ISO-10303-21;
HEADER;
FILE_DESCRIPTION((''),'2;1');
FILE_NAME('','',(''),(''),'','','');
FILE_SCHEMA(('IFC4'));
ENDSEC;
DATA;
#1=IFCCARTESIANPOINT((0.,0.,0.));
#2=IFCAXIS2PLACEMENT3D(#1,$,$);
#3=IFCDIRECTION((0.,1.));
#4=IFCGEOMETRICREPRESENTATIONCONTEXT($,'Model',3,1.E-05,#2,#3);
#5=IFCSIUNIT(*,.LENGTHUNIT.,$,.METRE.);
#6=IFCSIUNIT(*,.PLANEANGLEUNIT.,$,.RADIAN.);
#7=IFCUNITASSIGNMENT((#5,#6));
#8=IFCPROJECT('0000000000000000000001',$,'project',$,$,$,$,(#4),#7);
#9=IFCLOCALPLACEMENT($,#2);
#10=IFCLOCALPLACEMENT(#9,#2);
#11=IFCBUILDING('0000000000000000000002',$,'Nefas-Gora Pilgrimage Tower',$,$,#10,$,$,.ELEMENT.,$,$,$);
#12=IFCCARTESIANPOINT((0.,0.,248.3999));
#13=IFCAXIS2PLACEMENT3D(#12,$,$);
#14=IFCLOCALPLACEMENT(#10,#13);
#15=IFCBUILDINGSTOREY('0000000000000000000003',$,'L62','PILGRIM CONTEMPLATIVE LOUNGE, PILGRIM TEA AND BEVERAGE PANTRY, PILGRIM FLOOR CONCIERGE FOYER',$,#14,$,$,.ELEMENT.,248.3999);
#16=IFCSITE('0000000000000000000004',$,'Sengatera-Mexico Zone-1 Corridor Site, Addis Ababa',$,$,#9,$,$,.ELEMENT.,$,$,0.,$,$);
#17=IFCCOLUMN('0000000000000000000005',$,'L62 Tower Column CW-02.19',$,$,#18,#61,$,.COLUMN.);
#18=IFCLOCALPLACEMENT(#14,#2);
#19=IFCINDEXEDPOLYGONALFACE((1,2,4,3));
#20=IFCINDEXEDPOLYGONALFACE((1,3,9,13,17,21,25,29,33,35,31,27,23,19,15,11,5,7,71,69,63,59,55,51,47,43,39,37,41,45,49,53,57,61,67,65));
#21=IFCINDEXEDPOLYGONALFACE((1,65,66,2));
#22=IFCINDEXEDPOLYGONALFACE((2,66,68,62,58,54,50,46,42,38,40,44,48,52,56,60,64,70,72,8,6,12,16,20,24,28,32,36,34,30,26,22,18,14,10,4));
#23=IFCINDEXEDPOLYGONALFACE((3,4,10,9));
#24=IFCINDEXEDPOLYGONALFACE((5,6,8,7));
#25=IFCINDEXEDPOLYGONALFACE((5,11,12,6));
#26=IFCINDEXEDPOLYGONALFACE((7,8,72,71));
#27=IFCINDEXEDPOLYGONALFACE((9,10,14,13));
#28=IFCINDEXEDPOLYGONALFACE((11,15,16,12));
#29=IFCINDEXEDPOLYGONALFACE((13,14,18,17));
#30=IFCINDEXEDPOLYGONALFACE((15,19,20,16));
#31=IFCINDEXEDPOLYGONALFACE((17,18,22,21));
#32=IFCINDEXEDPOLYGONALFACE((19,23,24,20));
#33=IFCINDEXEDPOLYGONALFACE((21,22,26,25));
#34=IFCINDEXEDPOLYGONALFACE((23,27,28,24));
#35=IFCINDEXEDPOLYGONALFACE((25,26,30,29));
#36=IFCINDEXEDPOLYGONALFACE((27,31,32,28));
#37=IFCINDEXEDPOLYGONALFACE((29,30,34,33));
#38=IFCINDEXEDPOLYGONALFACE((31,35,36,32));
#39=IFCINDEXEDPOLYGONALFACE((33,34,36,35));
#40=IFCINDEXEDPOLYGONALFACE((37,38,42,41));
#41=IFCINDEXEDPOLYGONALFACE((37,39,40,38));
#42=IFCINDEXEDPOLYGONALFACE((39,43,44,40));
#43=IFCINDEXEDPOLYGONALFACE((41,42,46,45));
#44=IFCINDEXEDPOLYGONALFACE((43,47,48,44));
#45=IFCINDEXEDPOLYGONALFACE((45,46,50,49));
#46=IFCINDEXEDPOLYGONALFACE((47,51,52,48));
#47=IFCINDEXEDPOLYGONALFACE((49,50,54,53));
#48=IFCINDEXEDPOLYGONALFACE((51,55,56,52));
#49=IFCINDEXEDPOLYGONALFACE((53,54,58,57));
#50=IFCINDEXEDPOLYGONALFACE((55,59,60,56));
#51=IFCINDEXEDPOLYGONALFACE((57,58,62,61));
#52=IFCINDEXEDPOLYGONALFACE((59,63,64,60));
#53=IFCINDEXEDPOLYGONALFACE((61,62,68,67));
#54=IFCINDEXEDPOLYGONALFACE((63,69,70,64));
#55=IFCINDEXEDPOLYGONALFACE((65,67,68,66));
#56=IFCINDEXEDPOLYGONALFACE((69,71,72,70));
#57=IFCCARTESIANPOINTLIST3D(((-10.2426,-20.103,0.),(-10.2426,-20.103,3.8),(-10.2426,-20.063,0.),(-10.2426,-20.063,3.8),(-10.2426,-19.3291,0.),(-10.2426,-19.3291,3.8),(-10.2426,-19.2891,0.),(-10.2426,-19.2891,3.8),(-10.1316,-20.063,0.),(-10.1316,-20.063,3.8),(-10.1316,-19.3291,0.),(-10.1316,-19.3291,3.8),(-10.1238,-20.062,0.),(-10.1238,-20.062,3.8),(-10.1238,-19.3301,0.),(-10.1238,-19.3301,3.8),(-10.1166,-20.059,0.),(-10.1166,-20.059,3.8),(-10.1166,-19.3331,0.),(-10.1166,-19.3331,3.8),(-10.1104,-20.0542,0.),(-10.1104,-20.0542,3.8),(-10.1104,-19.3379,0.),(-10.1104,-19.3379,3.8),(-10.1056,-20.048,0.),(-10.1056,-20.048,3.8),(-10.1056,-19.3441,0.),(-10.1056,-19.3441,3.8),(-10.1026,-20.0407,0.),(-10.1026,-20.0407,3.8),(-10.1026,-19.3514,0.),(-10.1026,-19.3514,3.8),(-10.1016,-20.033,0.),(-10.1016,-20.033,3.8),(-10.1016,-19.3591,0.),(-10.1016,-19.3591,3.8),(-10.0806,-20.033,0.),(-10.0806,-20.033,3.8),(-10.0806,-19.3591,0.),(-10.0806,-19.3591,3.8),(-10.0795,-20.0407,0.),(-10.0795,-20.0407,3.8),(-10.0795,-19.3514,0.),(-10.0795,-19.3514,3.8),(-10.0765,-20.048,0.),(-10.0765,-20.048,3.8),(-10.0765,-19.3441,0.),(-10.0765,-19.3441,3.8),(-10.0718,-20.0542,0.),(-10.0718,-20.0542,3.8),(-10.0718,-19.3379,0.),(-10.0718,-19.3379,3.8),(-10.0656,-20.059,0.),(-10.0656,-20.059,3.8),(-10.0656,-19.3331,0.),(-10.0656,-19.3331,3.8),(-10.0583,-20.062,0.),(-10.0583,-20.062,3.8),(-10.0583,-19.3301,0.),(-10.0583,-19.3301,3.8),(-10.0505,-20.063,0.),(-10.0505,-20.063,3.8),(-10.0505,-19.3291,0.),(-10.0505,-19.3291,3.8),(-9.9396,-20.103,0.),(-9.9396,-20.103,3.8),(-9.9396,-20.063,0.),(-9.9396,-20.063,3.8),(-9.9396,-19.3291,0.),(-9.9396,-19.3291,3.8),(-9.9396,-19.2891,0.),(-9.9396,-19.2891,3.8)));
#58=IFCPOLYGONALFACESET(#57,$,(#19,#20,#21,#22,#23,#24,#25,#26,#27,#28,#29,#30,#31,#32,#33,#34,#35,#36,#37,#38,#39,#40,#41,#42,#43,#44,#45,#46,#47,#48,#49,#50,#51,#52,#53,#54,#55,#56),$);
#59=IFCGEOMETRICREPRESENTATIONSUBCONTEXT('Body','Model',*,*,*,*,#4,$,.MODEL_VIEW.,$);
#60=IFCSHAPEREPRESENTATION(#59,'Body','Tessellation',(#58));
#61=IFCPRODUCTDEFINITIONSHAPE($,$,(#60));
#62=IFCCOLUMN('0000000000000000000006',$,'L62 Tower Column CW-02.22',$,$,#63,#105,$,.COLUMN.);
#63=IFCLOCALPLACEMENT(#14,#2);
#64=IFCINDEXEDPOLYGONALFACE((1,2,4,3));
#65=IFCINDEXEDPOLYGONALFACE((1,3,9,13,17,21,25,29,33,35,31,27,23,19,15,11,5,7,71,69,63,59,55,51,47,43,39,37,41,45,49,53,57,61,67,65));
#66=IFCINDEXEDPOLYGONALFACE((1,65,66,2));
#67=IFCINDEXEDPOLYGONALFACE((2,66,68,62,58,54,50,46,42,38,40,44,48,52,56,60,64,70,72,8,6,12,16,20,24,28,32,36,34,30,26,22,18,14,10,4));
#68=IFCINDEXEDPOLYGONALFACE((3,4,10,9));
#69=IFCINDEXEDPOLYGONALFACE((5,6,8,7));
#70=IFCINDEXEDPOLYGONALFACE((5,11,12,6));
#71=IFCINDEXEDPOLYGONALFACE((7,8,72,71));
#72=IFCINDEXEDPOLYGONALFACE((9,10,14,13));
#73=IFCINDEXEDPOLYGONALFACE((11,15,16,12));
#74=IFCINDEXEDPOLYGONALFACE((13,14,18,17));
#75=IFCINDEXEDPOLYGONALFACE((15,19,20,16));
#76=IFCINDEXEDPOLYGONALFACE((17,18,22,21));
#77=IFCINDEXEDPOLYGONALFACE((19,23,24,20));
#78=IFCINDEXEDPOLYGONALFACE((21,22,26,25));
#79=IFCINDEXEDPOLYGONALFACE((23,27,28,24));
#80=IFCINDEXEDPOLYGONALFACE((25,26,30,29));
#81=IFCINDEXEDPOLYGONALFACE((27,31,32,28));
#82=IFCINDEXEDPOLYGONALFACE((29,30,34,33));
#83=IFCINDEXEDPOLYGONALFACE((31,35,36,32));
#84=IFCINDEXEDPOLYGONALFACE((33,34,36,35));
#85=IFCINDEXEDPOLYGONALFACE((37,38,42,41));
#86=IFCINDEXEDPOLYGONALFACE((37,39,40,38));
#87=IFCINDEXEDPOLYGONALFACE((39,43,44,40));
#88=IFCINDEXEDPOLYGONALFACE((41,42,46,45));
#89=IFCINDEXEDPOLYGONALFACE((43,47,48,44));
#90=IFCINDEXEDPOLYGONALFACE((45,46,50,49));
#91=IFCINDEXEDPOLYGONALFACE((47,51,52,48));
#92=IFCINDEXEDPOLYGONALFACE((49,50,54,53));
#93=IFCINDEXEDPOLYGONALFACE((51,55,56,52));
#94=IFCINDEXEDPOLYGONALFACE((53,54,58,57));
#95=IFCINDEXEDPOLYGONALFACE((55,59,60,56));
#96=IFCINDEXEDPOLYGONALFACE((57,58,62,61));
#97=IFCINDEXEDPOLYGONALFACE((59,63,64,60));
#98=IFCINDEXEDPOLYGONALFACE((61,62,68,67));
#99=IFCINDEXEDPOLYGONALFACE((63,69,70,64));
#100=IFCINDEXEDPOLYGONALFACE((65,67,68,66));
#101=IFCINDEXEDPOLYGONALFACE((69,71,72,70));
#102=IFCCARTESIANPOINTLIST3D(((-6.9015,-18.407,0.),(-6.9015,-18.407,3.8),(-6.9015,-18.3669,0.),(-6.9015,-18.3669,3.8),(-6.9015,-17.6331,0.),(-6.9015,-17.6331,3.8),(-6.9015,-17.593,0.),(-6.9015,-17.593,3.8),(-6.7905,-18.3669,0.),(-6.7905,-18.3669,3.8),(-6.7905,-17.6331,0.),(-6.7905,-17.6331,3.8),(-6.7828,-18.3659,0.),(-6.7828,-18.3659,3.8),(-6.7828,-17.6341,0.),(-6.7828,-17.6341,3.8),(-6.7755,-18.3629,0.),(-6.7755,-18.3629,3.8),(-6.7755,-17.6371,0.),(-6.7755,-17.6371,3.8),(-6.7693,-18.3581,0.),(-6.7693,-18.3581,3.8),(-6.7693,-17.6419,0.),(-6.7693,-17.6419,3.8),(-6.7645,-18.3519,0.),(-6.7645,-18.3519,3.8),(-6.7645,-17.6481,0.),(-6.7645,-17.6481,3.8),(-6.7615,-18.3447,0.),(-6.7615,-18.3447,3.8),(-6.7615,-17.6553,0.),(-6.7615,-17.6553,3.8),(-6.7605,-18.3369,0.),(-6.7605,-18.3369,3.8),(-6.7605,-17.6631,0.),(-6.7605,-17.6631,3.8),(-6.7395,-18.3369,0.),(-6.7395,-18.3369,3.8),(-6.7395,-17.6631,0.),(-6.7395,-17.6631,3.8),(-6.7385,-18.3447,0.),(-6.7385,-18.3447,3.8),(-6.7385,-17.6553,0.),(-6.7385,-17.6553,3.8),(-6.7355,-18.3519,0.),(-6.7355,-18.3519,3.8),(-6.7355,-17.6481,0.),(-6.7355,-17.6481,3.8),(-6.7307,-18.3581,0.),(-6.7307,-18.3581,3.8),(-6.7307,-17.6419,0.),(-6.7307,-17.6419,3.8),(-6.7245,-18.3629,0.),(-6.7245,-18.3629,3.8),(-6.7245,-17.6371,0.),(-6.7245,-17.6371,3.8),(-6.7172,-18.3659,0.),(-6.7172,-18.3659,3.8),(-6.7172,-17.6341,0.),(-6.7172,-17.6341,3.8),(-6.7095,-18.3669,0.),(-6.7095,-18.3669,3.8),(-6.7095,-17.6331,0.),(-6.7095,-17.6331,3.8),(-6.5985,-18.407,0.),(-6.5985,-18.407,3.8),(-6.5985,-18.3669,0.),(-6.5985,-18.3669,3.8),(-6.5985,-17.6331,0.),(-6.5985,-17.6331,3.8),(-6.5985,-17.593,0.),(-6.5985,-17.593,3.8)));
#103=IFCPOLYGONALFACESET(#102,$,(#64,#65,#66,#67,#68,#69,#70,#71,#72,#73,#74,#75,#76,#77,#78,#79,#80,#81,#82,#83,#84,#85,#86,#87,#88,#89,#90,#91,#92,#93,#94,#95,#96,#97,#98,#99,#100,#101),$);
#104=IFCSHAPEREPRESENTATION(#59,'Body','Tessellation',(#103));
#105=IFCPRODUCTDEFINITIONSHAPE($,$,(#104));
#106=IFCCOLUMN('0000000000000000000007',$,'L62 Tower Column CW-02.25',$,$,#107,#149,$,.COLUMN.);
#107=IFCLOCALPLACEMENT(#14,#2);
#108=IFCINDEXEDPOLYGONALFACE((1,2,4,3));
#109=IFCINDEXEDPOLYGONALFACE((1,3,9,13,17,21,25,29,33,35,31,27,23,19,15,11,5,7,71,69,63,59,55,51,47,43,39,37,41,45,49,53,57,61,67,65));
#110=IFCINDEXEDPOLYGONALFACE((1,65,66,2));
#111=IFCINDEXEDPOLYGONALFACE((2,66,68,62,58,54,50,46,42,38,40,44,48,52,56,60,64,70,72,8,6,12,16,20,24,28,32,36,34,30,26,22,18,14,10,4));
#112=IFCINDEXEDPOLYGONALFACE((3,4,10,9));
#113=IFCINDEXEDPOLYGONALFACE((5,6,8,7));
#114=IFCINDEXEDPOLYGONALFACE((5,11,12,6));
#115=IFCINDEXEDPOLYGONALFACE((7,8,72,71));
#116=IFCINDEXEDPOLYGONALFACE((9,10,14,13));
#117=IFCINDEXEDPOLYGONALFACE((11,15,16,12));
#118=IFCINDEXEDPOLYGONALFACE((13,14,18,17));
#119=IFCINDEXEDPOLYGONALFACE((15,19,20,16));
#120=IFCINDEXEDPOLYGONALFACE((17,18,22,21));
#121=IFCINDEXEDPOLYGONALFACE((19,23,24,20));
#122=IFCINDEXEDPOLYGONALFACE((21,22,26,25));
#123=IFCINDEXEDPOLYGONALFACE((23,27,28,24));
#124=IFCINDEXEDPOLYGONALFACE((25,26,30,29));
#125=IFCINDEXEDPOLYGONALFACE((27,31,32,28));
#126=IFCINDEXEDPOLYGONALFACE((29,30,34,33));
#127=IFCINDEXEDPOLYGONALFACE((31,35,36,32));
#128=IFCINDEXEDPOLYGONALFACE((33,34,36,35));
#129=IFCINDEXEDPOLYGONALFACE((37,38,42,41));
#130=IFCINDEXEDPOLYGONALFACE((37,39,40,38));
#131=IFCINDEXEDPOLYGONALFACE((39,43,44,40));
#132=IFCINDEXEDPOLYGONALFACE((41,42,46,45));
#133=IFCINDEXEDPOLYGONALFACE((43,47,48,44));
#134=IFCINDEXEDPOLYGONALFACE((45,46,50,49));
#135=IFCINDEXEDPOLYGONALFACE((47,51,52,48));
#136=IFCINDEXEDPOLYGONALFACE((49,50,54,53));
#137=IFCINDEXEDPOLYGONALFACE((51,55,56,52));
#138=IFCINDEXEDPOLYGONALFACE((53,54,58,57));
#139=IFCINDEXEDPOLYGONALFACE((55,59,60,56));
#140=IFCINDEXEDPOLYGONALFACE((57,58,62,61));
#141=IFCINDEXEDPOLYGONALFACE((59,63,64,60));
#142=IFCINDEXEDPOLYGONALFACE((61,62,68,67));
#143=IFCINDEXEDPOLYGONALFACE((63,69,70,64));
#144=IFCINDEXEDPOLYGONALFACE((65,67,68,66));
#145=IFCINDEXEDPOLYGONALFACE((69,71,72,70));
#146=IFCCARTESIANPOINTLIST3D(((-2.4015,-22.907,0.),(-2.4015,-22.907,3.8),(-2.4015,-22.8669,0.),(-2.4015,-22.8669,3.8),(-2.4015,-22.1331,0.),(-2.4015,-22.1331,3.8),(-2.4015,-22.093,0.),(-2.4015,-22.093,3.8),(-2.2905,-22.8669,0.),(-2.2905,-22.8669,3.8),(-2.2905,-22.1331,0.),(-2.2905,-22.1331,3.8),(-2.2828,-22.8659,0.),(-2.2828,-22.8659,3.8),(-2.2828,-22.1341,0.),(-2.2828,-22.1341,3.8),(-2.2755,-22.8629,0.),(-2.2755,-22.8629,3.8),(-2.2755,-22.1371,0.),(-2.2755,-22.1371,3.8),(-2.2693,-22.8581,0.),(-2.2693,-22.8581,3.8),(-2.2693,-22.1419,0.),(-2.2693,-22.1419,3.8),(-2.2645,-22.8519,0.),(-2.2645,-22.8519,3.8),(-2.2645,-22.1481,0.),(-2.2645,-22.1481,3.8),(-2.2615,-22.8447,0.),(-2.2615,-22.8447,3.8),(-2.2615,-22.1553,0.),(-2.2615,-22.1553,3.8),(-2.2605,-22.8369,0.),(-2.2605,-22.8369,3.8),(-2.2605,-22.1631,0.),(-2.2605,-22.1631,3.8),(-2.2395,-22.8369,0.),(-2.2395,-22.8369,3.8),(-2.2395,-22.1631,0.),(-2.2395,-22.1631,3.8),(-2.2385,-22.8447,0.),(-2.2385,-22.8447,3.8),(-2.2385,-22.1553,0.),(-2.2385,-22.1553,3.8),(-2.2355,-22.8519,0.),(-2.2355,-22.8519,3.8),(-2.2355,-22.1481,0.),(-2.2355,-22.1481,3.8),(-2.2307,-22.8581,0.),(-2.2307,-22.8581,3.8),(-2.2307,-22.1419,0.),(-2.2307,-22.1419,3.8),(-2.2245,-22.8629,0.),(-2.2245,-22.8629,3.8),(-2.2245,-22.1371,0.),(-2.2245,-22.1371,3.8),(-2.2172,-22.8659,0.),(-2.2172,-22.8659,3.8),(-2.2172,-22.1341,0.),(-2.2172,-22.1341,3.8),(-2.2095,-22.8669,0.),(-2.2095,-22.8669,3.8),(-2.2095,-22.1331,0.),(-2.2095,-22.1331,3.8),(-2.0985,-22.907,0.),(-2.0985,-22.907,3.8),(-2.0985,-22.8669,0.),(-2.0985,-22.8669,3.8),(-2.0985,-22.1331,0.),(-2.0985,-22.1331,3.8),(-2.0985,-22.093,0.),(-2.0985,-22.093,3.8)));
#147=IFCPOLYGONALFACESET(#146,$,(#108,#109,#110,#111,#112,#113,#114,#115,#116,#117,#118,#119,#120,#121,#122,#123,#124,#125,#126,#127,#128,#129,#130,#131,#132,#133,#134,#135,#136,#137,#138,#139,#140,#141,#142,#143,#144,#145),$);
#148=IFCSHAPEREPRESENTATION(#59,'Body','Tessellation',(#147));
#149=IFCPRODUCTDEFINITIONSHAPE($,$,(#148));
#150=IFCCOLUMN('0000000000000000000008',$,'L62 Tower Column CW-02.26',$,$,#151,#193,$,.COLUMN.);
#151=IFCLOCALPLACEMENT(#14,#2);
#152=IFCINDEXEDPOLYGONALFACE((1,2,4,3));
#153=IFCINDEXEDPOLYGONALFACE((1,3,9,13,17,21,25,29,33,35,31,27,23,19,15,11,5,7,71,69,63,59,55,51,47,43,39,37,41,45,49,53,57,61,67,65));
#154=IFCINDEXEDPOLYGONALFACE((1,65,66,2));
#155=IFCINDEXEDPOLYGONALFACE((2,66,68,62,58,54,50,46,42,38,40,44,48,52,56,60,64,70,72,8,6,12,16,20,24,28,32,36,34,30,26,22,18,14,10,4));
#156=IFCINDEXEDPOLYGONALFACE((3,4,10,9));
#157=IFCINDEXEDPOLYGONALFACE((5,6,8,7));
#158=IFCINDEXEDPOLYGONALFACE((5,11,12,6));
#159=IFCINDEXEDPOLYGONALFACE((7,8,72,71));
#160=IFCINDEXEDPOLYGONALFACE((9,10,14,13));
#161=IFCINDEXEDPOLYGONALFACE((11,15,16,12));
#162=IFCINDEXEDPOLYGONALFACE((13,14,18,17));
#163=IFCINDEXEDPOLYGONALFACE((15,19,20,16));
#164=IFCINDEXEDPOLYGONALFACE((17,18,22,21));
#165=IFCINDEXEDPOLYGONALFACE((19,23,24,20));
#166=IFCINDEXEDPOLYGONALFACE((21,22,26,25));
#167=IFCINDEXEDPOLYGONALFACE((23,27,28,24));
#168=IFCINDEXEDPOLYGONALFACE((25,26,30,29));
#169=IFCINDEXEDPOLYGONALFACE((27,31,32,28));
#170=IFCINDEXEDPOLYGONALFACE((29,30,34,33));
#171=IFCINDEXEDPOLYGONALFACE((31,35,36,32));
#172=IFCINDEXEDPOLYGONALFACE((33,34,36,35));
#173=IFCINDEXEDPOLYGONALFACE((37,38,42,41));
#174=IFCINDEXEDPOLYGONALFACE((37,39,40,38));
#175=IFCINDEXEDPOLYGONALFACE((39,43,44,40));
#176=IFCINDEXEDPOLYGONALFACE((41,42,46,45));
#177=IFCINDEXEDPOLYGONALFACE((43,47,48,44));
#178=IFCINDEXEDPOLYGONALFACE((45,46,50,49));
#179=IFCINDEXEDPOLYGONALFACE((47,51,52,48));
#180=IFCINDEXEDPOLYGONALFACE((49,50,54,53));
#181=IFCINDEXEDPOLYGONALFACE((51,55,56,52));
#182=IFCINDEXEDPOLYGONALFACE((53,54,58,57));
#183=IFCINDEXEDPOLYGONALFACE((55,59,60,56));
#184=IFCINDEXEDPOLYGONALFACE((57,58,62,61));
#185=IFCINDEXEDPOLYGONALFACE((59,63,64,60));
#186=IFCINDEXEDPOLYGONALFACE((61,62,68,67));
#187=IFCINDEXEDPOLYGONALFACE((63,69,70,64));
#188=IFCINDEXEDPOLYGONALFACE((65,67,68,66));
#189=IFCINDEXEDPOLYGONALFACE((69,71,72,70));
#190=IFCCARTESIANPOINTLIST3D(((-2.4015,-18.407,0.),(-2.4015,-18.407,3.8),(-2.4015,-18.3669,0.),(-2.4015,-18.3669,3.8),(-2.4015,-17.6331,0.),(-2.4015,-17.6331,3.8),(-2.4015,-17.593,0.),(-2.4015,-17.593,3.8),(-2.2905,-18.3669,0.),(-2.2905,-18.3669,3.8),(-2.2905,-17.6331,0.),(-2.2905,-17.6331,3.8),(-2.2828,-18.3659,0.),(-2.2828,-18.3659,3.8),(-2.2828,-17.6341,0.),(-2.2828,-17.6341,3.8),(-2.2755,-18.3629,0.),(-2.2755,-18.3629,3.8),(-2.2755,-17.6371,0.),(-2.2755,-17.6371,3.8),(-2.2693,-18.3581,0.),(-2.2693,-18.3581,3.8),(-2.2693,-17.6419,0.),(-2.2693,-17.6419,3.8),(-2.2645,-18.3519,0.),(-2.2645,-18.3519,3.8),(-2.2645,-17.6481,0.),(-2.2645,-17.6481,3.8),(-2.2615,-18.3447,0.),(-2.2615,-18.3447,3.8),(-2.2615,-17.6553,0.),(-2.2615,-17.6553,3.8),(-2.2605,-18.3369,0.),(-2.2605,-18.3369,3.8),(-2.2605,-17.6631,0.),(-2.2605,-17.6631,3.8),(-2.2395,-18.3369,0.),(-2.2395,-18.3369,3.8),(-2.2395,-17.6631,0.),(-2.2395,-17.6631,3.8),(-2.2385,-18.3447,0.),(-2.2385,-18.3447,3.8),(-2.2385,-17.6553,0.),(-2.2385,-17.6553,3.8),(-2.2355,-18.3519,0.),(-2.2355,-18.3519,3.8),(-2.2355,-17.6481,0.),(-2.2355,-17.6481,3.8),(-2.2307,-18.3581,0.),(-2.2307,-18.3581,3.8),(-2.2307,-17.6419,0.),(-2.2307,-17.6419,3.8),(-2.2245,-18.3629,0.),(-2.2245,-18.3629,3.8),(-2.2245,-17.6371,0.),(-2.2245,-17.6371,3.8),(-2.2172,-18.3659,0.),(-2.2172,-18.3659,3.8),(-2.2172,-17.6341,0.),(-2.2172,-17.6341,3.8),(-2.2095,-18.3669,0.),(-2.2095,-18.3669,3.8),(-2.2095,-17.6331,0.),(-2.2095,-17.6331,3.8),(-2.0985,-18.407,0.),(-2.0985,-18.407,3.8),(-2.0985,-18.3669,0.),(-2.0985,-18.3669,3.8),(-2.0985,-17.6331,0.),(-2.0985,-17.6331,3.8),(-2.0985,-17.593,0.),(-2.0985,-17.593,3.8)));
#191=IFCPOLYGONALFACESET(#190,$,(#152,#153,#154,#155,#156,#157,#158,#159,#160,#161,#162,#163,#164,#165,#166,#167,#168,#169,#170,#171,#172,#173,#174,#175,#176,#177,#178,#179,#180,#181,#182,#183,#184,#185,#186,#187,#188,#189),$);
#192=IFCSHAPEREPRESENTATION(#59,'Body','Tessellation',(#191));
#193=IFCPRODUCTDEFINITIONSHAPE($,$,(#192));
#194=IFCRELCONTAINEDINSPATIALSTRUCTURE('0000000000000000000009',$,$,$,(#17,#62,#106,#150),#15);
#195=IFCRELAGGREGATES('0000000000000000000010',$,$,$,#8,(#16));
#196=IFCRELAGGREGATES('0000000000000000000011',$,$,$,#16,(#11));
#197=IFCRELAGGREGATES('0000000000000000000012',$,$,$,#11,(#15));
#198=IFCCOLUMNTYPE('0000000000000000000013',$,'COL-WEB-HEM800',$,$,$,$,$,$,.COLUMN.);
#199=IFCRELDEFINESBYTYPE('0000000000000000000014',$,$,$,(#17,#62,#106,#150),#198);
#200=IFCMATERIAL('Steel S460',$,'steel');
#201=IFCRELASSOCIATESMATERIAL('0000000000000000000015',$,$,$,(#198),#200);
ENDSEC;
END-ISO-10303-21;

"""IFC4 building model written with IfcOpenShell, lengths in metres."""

from ifc_helpers import new_model, si_unit, direction, frame, origin, origin_2d, place, context, subcontext, project, spatial, i_section, extrude, source, transform, mapped, material, material_profile, profile_set, type_object, element, save


model = new_model("IFC4")

# Units and contexts
model_context = context("Model", 3, precision=1e-05, world=origin(), true_north=direction((0.0, 1.0)))
body_context = subcontext(model_context, "Body", "Model", "MODEL_VIEW")
ifc_project = project(units=[si_unit("LENGTHUNIT", "METRE"), si_unit("PLANEANGLEUNIT", "RADIAN")], contexts=[model_context])

# Site, building, storey
site_placement = place(None, origin())
site = spatial("IfcSite", under=ifc_project, at=site_placement, Name="Sengatera-Mexico Zone-1 Corridor Site, Addis Ababa", CompositionType="ELEMENT", RefElevation=0.0)
building_placement = place(site_placement, origin())
building = spatial("IfcBuilding", under=site, at=building_placement, Name="Nefas-Gora Pilgrimage Tower", CompositionType="ELEMENT")
storey_placement = place(building_placement, frame((0.0, 0.0, 248.3999)))
storey = spatial("IfcBuildingStorey", under=building, at=storey_placement, Name="L62", Description="PILGRIM CONTEMPLATIVE LOUNGE, PILGRIM TEA AND BEVERAGE PANTRY, PILGRIM FLOOR CONCIERGE FOYER", CompositionType="ELEMENT", Elevation=248.3999)

# Columns
ifc_material_1 = material(Name="Steel S460", Category="steel")
ifc_material_profile_1 = material_profile(ifc_material_1, i_section(OverallWidth=0.303, OverallDepth=0.814, WebThickness=0.021, FlangeThickness=0.04, FilletRadius=0.03, at=origin_2d()), Name="HEM 800")
ifc_profile_set_1 = profile_set([ifc_material_profile_1], Name="Steel S460")
column_type_1 = type_object("IfcColumnType", Name="COL-WEB-HEM800", PredefinedType="COLUMN", material=ifc_profile_set_1)
shared_shape_1 = source(origin(), body_context, "Body", "SweptSolid", [
    extrude(i_section(OverallWidth=0.303, OverallDepth=0.814, WebThickness=0.021, FlangeThickness=0.04, FilletRadius=0.03, at=origin_2d()), origin(), (0.0, 0.0, 1.0), 3.8),
])
for number, where, z_axis, x_axis, name in (
    (1, (-10.0911, -19.696, 0.0), (0.0, 0.0, 1.0), (1.0, 0.0, 0.0), "L62 Tower Column CW-02.19"),
    (2, (-6.75, -18.0, 0.0), (0.0, 0.0, 1.0), (1.0, 0.0, 0.0), "L62 Tower Column CW-02.22"),
    (3, (-2.25, -22.5, 0.0), (0.0, 0.0, 1.0), (1.0, 0.0, 0.0), "L62 Tower Column CW-02.25"),
    (4, (-2.25, -18.0, 0.0), (0.0, 0.0, 1.0), (1.0, 0.0, 0.0), "L62 Tower Column CW-02.26"),
):
    element("IfcColumn", number, at=place(storey_placement, frame(where, z_axis=z_axis, x_axis=x_axis)), inside=storey, type_object=column_type_1, Name=name, PredefinedType="COLUMN", context=body_context, shape_type="MappedRepresentation", body=[
        mapped(shared_shape_1, transform((0.0, 0.0, 0.0), x_axis=(1.0, 0.0, 0.0), y_axis=(0.0, 1.0, 0.0), z_axis=(0.0, 0.0, 1.0), scale=1.0)),
    ])

save(model, "model.ifc")
